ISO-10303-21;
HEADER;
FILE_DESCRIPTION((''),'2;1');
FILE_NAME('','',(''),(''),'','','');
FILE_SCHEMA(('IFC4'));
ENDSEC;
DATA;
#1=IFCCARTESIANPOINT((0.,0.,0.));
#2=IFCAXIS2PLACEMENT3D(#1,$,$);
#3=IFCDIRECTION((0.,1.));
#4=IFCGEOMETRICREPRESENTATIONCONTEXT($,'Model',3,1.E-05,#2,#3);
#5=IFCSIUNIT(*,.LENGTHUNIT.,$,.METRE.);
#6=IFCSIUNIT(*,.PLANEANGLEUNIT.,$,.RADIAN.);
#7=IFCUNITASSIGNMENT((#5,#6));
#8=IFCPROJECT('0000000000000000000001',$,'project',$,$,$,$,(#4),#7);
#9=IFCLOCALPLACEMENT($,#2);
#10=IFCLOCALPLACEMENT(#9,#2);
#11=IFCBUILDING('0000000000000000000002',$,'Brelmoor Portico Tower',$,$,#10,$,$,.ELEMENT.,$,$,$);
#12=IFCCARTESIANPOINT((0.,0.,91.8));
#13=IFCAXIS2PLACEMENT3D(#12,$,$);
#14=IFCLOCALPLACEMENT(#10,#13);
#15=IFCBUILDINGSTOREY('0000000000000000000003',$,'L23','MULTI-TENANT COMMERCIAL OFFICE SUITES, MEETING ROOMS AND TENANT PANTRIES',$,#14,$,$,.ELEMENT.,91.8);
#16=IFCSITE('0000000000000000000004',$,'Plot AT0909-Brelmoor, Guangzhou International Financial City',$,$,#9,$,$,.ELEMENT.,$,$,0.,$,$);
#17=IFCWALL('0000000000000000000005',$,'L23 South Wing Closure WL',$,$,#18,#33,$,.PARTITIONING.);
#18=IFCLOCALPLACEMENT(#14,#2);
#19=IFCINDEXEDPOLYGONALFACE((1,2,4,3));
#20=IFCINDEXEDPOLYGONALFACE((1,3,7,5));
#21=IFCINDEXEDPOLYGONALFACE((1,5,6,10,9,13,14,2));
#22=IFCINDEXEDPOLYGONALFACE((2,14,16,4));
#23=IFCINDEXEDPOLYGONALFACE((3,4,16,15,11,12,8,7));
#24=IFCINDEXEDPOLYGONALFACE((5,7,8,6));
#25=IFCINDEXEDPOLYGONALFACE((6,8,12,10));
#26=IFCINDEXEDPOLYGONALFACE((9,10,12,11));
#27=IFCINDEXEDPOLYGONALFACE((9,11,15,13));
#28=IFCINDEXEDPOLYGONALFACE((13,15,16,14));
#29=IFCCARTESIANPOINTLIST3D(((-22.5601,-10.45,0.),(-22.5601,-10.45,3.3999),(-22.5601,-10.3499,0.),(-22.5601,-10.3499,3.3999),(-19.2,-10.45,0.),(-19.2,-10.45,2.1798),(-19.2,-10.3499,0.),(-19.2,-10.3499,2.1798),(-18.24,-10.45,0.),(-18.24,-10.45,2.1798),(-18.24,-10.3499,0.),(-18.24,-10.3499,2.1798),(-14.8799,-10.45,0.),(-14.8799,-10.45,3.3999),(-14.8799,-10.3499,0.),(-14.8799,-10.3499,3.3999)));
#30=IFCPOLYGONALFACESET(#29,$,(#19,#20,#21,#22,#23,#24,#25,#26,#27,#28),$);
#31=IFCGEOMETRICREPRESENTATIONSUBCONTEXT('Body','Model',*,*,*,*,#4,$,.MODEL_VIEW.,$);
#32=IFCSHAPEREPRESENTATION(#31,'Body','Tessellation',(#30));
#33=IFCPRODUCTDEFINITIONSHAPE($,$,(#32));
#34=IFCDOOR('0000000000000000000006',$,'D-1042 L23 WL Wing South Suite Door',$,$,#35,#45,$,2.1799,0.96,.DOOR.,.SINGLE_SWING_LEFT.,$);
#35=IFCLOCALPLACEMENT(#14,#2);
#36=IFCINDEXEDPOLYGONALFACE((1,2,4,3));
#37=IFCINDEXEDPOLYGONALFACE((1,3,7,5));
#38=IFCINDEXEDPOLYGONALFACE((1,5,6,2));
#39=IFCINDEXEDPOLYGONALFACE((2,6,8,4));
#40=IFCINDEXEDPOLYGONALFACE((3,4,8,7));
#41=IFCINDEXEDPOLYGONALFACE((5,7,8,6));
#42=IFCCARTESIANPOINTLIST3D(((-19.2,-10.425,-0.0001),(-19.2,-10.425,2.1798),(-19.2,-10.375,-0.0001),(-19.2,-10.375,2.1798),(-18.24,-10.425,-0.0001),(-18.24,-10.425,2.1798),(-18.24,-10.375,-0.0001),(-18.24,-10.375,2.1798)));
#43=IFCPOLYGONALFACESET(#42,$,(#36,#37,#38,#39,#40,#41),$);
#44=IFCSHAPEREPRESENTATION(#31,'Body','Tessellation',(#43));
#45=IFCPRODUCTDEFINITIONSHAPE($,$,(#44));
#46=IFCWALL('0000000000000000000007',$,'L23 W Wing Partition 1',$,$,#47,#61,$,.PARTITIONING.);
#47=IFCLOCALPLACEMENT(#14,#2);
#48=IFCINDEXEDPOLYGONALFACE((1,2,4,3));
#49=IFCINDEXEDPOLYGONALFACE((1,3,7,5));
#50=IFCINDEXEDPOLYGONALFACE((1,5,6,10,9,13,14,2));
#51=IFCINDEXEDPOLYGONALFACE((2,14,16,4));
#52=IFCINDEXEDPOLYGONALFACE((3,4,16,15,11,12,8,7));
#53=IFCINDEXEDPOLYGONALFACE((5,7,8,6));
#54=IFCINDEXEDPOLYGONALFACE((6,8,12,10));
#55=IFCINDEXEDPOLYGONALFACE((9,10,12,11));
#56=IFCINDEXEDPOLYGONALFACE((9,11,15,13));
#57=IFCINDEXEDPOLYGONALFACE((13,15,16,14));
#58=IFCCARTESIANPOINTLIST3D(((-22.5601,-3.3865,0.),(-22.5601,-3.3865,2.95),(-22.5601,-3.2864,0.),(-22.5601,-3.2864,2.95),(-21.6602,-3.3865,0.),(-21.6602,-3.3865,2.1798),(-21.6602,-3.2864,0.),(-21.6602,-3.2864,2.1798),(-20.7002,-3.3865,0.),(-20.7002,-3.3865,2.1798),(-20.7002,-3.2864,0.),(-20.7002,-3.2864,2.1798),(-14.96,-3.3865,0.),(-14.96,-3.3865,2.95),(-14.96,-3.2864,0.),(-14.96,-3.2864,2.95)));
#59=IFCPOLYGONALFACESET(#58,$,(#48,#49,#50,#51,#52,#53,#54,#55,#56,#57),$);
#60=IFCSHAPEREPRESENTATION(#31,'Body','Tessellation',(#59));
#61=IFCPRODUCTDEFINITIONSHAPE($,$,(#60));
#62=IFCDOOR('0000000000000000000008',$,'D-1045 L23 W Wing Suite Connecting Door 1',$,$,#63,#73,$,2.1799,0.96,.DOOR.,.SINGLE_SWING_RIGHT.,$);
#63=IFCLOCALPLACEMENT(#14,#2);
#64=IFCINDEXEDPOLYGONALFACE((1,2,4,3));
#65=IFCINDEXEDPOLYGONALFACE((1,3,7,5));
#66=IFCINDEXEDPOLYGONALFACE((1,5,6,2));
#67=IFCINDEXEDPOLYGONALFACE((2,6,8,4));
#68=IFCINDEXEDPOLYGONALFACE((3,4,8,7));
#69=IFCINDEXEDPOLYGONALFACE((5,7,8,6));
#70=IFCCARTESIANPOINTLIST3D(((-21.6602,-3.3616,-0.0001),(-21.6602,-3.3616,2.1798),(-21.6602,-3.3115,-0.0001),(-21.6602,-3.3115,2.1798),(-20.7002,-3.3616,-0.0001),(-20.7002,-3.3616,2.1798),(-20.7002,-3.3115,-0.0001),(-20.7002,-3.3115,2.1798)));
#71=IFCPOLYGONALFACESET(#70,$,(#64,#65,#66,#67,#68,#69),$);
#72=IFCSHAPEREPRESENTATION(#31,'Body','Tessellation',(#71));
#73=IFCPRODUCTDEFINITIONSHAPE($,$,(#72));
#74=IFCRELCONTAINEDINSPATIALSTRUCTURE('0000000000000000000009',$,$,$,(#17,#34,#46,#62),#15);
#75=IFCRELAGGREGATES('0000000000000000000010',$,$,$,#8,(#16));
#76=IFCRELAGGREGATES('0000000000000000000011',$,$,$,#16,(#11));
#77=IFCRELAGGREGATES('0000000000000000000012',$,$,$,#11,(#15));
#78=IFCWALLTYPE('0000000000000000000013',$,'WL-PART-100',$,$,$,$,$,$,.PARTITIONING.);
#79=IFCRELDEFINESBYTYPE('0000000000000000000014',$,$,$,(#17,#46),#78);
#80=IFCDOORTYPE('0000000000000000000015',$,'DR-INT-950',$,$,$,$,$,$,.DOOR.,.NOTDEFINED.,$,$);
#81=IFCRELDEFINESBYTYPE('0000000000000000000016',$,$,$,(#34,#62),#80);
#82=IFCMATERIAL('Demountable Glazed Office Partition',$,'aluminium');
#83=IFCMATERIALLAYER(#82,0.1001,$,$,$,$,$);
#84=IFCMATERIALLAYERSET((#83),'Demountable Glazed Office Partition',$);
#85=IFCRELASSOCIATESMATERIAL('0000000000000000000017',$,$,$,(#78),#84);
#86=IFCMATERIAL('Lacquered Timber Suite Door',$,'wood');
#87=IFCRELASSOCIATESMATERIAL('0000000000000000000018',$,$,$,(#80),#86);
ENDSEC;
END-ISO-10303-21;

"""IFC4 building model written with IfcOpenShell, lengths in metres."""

from ifc_helpers import new_model, si_unit, direction, frame, frame_2d, origin, place, context, subcontext, project, spatial, rectangle, extrude, material, layer, layer_set, type_object, element, fill, save


model = new_model("IFC4")

# Units and contexts
model_context = context("Model", 3, precision=1e-05, world=origin(), true_north=direction((0.0, 1.0)))
body_context = subcontext(model_context, "Body", "Model", "MODEL_VIEW")
ifc_project = project(units=[si_unit("LENGTHUNIT", "METRE"), si_unit("PLANEANGLEUNIT", "RADIAN")], contexts=[model_context])

# Site, building, storey
site_placement = place(None, origin())
site = spatial("IfcSite", under=ifc_project, at=site_placement, Name="Plot AT0909-Brelmoor, Guangzhou International Financial City", CompositionType="ELEMENT", RefElevation=0.0)
building_placement = place(site_placement, origin())
building = spatial("IfcBuilding", under=site, at=building_placement, Name="Brelmoor Portico Tower", CompositionType="ELEMENT")
storey_placement = place(building_placement, frame((0.0, 0.0, 91.8)))
storey = spatial("IfcBuildingStorey", under=building, at=storey_placement, Name="L23", Description="MULTI-TENANT COMMERCIAL OFFICE SUITES, MEETING ROOMS AND TENANT PANTRIES", CompositionType="ELEMENT", Elevation=91.8)

# Walls, openings, doors
ifc_material_1 = material(Name="Demountable Glazed Office Partition", Category="aluminium")
ifc_layer_1 = layer(ifc_material_1, 0.1001)
ifc_layer_set_1 = layer_set([ifc_layer_1], Name="Demountable Glazed Office Partition")
wall_type_1 = type_object("IfcWallType", Name="WL-PART-100", PredefinedType="PARTITIONING", material=ifc_layer_set_1)
wall_1_placement = place(storey_placement, frame((-22.5601, -10.3999, 0.0), z_axis=(0.0, 0.0, 1.0), x_axis=(1.0, 0.0, 0.0)))
wall_1 = element("IfcWall", 1, at=wall_1_placement, inside=storey, type_object=wall_type_1, Name="L23 South Wing Closure WL", PredefinedType="PARTITIONING", context=body_context, shape_type="SweptSolid", body=[
    extrude(rectangle(XDim=7.6802, YDim=0.1001, at=frame_2d((3.8401, 0.0))), origin(), (0.0, 0.0, 1.0), 3.3999),
])
opening_1_placement = place(wall_1_placement, frame((3.3601, 0.0, 0.0)))
opening_1 = element("IfcOpeningElement", 2, at=opening_1_placement, cuts=wall_1, PredefinedType="OPENING", context=body_context, shape_type="SweptSolid", body=[
    extrude(rectangle(XDim=0.96, YDim=2.1799, at=frame_2d((0.48, 1.0898))), frame((0.0, 0.0601, 0.0), z_axis=(0.0, -1.0, 0.0), x_axis=(1.0, 0.0, 0.0)), (0.0, 0.0, 1.0), 0.1201),
])
ifc_material_2 = material(Name="Lacquered Timber Suite Door", Category="wood")
door_type = type_object("IfcDoorType", Name="DR-INT-950", OperationType="NOTDEFINED", PredefinedType="DOOR", material=ifc_material_2)
door_1_placement = place(opening_1_placement, origin())
door_1 = element("IfcDoor", 3, at=door_1_placement, inside=storey, type_object=door_type, Name="D-1042 L23 WL Wing South Suite Door", OperationType="SINGLE_SWING_LEFT", OverallHeight=2.1799, OverallWidth=0.96, PredefinedType="DOOR", context=body_context, shape_type="SweptSolid", body=[
    extrude(rectangle(XDim=0.96, YDim=2.1799, at=frame_2d((0.48, 1.0898))), frame((0.0, 0.0249, 0.0), z_axis=(0.0, -1.0, 0.0), x_axis=(1.0, 0.0, 0.0)), (0.0, 0.0, 1.0), 0.05),
])
fill(opening_1, door_1)
wall_2_placement = place(storey_placement, frame((-22.5601, -3.3364, 0.0), z_axis=(0.0, 0.0, 1.0), x_axis=(1.0, 0.0, 0.0)))
wall_2 = element("IfcWall", 4, at=wall_2_placement, inside=storey, type_object=wall_type_1, Name="L23 W Wing Partition 1", PredefinedType="PARTITIONING", context=body_context, shape_type="SweptSolid", body=[
    extrude(rectangle(XDim=7.6001, YDim=0.1001, at=frame_2d((3.8, 0.0))), origin(), (0.0, 0.0, 1.0), 2.95),
])
opening_2_placement = place(wall_2_placement, frame((0.8999, 0.0, 0.0)))
opening_2 = element("IfcOpeningElement", 5, at=opening_2_placement, cuts=wall_2, PredefinedType="OPENING", context=body_context, shape_type="SweptSolid", body=[
    extrude(rectangle(XDim=0.96, YDim=2.1799, at=frame_2d((0.48, 1.0898))), frame((0.0, 0.0601, 0.0), z_axis=(0.0, -1.0, 0.0), x_axis=(1.0, 0.0, 0.0)), (0.0, 0.0, 1.0), 0.1201),
])
door_2_placement = place(opening_2_placement, origin())
door_2 = element("IfcDoor", 6, at=door_2_placement, inside=storey, type_object=door_type, Name="D-1045 L23 W Wing Suite Connecting Door 1", OperationType="SINGLE_SWING_RIGHT", OverallHeight=2.1799, OverallWidth=0.96, PredefinedType="DOOR", context=body_context, shape_type="SweptSolid", body=[
    extrude(rectangle(XDim=0.96, YDim=2.1799, at=frame_2d((0.48, 1.0898))), frame((0.0, 0.0249, 0.0), z_axis=(0.0, -1.0, 0.0), x_axis=(1.0, 0.0, 0.0)), (0.0, 0.0, 1.0), 0.05),
])
fill(opening_2, door_2)

save(model, "model.ifc")
